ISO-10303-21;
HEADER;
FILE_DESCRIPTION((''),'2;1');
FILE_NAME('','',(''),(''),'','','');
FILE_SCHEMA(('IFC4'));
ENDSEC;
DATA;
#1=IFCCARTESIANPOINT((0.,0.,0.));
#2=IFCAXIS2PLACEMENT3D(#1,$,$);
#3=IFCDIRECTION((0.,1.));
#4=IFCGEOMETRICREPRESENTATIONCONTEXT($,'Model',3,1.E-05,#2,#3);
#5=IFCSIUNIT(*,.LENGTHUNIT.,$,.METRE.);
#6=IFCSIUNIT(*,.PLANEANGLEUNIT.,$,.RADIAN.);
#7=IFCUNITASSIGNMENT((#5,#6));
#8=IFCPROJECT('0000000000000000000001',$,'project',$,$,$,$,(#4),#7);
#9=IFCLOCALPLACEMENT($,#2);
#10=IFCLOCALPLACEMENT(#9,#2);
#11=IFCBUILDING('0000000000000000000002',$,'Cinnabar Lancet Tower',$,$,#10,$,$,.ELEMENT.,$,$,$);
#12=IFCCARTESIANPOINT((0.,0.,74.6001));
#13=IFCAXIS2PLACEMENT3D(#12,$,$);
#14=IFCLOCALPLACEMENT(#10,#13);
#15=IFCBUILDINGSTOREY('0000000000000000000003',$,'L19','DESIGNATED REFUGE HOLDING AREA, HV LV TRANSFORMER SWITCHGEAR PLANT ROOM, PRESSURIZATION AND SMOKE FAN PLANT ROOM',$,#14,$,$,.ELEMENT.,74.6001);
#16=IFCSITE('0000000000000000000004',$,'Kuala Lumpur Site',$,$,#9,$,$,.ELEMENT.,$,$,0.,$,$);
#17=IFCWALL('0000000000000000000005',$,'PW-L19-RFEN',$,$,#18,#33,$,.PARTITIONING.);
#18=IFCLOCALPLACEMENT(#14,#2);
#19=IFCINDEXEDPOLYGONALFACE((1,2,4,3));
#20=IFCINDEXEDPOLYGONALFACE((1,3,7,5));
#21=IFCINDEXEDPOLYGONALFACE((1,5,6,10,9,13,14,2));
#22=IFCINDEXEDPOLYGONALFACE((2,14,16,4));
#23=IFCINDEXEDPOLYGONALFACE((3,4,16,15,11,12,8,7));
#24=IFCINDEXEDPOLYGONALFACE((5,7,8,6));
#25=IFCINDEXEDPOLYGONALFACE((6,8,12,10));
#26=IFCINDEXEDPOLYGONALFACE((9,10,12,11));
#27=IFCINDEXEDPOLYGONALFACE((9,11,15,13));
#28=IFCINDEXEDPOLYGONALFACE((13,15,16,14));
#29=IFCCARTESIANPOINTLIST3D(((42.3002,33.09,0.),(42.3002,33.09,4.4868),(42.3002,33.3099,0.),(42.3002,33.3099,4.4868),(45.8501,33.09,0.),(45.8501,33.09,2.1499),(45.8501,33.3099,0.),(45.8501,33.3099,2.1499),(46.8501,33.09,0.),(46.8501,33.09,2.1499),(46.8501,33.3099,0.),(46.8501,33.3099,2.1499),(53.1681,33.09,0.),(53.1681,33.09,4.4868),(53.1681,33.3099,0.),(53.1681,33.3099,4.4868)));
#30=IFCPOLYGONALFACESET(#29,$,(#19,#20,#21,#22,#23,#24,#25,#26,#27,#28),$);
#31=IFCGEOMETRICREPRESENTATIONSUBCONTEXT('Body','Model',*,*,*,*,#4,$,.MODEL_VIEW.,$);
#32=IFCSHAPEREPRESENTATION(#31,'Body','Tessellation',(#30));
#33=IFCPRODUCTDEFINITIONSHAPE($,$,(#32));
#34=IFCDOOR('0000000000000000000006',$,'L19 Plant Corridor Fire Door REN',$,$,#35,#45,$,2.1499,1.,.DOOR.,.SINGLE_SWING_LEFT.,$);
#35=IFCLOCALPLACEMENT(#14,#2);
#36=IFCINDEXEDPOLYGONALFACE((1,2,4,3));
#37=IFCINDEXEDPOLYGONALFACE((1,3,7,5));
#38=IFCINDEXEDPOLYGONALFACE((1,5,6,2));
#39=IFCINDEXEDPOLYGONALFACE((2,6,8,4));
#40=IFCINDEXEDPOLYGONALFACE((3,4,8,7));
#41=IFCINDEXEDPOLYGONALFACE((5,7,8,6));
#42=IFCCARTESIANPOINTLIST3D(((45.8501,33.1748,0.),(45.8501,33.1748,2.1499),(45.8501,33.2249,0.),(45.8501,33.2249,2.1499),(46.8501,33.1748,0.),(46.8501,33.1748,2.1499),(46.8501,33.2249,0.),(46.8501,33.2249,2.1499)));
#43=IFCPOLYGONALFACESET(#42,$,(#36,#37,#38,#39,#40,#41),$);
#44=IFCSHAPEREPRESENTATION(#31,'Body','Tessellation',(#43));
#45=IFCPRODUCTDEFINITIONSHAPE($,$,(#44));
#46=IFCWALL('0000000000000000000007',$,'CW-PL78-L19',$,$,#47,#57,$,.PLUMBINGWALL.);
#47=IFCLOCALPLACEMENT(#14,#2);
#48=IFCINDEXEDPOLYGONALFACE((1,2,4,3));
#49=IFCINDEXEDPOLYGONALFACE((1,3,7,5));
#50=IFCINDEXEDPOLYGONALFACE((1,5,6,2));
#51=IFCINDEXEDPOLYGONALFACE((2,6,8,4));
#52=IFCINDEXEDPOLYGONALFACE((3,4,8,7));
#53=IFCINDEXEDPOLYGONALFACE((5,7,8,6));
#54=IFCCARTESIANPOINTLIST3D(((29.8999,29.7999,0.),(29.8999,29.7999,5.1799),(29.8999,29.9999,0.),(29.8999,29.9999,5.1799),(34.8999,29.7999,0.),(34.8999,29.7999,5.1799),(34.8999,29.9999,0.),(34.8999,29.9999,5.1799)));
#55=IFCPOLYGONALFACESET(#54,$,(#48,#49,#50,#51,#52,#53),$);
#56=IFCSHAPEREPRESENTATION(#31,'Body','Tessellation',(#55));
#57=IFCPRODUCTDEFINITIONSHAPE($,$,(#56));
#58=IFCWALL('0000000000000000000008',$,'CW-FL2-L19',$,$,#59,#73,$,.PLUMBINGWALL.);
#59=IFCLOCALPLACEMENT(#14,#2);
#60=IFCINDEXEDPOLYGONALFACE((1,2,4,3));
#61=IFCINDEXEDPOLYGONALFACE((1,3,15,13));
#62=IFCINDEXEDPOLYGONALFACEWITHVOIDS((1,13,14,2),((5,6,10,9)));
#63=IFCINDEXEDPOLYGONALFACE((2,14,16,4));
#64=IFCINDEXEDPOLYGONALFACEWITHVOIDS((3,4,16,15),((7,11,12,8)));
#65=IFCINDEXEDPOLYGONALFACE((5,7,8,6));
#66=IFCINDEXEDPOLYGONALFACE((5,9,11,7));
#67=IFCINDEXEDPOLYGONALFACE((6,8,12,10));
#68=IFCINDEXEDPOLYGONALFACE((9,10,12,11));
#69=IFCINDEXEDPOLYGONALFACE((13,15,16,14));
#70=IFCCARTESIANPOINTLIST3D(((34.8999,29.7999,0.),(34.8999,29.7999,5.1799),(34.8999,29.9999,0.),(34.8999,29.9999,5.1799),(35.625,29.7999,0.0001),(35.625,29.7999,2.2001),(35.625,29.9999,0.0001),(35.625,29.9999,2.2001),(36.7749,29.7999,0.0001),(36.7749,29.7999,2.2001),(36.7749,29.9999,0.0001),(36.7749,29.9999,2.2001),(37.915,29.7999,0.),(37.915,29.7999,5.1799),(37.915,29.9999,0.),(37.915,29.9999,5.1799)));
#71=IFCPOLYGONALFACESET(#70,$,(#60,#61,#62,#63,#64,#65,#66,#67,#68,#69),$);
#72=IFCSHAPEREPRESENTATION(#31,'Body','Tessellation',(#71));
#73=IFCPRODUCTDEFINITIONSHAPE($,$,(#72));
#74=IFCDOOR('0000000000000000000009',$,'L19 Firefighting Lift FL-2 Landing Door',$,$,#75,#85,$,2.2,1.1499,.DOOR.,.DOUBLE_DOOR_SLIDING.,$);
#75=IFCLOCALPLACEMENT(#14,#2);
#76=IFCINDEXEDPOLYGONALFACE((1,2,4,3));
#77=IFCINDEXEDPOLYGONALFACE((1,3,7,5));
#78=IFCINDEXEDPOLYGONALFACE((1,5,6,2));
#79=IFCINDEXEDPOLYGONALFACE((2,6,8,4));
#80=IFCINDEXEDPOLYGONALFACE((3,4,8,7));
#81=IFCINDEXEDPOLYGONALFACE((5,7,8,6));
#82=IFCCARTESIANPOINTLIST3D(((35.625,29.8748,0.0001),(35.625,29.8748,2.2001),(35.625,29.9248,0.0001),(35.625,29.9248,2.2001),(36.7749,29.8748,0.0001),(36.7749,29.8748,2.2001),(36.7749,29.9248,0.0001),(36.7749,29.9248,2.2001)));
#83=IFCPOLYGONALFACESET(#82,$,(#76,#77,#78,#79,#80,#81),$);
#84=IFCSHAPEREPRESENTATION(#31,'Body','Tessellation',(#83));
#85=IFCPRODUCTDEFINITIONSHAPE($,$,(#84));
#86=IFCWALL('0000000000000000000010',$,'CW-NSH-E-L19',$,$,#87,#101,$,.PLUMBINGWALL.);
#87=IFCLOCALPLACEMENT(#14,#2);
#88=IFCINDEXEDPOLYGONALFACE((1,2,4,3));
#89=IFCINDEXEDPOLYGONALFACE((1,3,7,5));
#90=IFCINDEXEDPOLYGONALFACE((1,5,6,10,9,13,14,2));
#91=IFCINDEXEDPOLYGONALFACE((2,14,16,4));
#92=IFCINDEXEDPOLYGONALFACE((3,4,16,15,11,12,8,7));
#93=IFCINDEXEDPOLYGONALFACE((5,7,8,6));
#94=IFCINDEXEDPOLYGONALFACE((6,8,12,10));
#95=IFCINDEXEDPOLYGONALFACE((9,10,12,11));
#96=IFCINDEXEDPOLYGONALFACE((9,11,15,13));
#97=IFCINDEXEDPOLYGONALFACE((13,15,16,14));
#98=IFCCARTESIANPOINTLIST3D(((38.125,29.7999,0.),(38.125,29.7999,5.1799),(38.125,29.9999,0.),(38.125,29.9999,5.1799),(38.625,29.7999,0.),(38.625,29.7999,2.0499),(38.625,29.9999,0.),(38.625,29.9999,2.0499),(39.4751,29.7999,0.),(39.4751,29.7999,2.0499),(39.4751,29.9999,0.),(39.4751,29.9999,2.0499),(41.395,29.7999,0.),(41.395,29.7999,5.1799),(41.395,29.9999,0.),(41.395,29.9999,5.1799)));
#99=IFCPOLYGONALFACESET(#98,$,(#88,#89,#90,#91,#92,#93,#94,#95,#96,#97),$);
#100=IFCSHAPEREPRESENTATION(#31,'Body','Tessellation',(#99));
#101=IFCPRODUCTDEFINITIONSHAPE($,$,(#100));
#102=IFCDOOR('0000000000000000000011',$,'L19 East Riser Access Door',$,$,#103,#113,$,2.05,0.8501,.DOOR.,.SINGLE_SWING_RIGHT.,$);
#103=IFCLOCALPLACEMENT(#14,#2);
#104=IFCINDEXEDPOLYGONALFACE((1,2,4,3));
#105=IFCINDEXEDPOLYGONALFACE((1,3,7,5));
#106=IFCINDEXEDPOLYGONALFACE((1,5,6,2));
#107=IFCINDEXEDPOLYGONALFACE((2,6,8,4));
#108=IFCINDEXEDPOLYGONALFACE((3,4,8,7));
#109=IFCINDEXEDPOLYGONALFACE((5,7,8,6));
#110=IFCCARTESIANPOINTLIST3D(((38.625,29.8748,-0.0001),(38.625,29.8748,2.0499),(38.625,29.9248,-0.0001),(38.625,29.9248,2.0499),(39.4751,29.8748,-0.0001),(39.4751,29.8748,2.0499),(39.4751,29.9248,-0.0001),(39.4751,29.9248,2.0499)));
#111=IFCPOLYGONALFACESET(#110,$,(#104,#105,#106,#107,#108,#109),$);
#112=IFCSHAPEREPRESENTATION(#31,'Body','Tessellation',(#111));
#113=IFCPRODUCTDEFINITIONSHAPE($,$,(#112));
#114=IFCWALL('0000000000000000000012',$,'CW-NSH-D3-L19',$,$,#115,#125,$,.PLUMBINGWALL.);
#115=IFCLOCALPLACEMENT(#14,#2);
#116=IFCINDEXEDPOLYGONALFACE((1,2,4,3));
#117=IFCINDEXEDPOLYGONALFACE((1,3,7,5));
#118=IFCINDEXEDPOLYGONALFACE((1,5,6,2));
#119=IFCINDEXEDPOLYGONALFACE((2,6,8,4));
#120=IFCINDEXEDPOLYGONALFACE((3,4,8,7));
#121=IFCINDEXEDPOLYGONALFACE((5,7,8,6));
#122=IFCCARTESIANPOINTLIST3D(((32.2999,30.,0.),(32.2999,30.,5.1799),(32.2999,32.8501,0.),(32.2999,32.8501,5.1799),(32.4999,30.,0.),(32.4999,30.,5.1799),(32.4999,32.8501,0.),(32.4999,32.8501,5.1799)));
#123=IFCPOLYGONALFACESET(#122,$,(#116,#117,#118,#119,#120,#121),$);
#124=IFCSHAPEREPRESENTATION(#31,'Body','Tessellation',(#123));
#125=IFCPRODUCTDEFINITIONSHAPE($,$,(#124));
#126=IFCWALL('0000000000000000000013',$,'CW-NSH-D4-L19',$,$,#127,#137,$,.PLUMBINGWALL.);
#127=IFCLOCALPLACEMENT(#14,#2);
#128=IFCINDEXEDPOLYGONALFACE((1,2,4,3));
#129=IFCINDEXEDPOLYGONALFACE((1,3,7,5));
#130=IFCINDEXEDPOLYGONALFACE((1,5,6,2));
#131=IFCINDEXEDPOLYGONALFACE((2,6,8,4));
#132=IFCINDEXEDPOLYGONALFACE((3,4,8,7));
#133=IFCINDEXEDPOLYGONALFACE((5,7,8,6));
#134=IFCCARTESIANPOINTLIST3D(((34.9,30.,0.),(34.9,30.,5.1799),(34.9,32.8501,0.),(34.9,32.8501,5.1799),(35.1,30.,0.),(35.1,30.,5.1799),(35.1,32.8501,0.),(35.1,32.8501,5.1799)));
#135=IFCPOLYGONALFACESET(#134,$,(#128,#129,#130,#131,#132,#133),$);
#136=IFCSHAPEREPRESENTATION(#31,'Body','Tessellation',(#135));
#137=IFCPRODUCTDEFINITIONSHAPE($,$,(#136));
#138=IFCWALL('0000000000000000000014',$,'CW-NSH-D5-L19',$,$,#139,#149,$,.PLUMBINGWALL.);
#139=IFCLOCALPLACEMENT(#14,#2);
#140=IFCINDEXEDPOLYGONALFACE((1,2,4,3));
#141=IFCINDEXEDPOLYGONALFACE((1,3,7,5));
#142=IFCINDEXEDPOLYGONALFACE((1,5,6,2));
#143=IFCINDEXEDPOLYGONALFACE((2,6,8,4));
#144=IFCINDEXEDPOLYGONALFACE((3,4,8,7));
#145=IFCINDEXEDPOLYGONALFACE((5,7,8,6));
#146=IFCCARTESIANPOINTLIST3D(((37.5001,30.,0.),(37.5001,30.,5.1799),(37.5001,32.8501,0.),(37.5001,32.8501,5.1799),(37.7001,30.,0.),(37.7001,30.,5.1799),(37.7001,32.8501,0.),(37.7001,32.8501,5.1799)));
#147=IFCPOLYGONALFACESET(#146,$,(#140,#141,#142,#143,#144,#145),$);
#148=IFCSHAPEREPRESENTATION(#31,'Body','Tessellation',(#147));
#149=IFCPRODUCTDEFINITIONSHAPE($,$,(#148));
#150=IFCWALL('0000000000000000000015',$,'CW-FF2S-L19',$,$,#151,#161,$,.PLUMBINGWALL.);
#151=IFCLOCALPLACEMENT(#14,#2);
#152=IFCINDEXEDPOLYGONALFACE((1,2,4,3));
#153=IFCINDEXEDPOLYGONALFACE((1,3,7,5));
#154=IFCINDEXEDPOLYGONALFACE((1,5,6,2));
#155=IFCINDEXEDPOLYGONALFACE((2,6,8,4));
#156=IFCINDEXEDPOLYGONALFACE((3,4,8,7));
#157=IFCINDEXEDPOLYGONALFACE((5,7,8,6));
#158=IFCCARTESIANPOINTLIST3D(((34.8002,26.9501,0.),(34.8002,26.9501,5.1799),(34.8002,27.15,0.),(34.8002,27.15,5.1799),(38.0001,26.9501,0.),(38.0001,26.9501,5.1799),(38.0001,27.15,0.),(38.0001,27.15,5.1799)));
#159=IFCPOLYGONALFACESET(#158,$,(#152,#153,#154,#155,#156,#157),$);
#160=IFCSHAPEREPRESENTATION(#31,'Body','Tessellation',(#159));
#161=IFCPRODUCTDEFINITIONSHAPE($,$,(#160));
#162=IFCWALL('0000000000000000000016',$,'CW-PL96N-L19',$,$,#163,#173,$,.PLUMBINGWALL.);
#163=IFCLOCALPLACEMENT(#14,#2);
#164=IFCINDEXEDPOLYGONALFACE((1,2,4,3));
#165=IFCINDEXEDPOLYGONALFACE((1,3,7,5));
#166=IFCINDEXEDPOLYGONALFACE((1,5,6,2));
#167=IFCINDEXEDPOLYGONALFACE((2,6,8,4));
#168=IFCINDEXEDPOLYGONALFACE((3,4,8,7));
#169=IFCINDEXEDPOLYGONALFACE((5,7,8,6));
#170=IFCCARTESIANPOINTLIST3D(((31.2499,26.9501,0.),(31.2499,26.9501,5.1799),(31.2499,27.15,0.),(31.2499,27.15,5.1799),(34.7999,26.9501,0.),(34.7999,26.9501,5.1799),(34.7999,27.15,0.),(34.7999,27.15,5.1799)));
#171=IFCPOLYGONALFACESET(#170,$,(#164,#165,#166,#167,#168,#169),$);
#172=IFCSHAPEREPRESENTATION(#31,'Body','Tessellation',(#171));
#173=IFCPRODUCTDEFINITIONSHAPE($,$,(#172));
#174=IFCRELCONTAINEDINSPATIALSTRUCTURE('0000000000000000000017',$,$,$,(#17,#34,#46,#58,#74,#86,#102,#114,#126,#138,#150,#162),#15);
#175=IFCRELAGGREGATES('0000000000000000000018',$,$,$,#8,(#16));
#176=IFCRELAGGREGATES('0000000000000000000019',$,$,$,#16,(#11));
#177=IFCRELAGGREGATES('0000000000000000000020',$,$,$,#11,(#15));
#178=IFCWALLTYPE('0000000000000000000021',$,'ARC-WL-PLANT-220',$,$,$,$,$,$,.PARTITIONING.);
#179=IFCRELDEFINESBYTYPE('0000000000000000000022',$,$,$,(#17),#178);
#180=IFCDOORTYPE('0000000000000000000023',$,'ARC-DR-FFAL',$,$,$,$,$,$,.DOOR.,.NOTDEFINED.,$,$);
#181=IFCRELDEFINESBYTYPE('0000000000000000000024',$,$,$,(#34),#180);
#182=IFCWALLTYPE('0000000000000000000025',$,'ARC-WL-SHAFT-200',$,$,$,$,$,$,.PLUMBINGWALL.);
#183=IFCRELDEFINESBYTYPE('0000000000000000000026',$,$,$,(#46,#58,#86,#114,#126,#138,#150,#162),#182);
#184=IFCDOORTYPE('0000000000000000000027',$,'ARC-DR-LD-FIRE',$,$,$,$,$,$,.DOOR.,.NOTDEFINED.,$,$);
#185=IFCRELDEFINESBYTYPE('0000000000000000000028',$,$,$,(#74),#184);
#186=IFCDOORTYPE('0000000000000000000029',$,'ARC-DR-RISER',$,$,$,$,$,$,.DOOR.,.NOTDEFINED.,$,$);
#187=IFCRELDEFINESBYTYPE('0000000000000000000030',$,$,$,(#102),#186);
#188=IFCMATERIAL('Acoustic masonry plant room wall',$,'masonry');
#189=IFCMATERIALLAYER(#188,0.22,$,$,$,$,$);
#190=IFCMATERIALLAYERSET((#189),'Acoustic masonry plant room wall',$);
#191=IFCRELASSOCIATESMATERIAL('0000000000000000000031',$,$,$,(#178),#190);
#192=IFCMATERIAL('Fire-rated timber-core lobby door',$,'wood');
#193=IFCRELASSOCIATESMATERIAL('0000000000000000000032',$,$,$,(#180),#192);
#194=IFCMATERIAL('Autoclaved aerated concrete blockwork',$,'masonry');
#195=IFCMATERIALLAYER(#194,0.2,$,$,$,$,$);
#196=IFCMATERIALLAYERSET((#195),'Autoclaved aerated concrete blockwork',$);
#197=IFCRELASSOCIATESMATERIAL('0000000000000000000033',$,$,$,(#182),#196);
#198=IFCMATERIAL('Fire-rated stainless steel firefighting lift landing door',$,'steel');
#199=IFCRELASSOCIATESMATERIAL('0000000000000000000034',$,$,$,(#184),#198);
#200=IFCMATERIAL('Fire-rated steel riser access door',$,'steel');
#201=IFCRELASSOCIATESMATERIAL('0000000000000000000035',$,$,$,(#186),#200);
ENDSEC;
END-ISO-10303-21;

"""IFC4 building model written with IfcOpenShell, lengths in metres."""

from ifc_helpers import new_model, si_unit, direction, frame, frame_2d, origin, place, context, subcontext, project, spatial, rectangle, extrude, material, layer, layer_set, type_object, element, fill, save


model = new_model("IFC4")

# Units and contexts
model_context = context("Model", 3, precision=1e-05, world=origin(), true_north=direction((0.0, 1.0)))
body_context = subcontext(model_context, "Body", "Model", "MODEL_VIEW")
ifc_project = project(units=[si_unit("LENGTHUNIT", "METRE"), si_unit("PLANEANGLEUNIT", "RADIAN")], contexts=[model_context])

# Site, building, storey
site_placement = place(None, origin())
site = spatial("IfcSite", under=ifc_project, at=site_placement, Name="Kuala Lumpur Site", CompositionType="ELEMENT", RefElevation=0.0)
building_placement = place(site_placement, origin())
building = spatial("IfcBuilding", under=site, at=building_placement, Name="Cinnabar Lancet Tower", CompositionType="ELEMENT")
storey_placement = place(building_placement, frame((0.0, 0.0, 74.6001)))
storey = spatial("IfcBuildingStorey", under=building, at=storey_placement, Name="L19", Description="DESIGNATED REFUGE HOLDING AREA, HV LV TRANSFORMER SWITCHGEAR PLANT ROOM, PRESSURIZATION AND SMOKE FAN PLANT ROOM", CompositionType="ELEMENT", Elevation=74.6001)

# Wall, opening, door
ifc_material_1 = material(Name="Acoustic masonry plant room wall", Category="masonry")
ifc_layer_1 = layer(ifc_material_1, 0.22)
ifc_layer_set_1 = layer_set([ifc_layer_1], Name="Acoustic masonry plant room wall")
wall_type_1 = type_object("IfcWallType", Name="ARC-WL-PLANT-220", PredefinedType="PARTITIONING", material=ifc_layer_set_1)
wall_1_placement = place(storey_placement, frame((42.3, 33.2, 0.0), z_axis=(0.0, 0.0, 1.0), x_axis=(1.0, 0.0, 0.0)))
wall_1 = element("IfcWall", 1, at=wall_1_placement, inside=storey, type_object=wall_type_1, Name="PW-L19-RFEN", PredefinedType="PARTITIONING", context=body_context, shape_type="SweptSolid", body=[
    extrude(rectangle(XDim=10.8679, YDim=0.22, at=frame_2d((5.4341, 0.0))), origin(), (0.0, 0.0, 1.0), 4.4868),
])
opening_1_placement = place(wall_1_placement, frame((3.55, 0.0, 0.0)))
opening_1 = element("IfcOpeningElement", 2, at=opening_1_placement, cuts=wall_1, PredefinedType="OPENING", context=body_context, shape_type="SweptSolid", body=[
    extrude(rectangle(XDim=1.0, YDim=2.1499, at=frame_2d((0.5, 1.075))), frame((0.0, 0.1199, 0.0), z_axis=(0.0, -1.0, 0.0), x_axis=(1.0, 0.0, 0.0)), (0.0, 0.0, 1.0), 0.24),
])
ifc_material_2 = material(Name="Fire-rated timber-core lobby door", Category="wood")
door_type_1 = type_object("IfcDoorType", Name="ARC-DR-FFAL", OperationType="NOTDEFINED", PredefinedType="DOOR", material=ifc_material_2)
door_1_placement = place(opening_1_placement, origin())
door_1 = element("IfcDoor", 3, at=door_1_placement, inside=storey, type_object=door_type_1, Name="L19 Plant Corridor Fire Door REN", OperationType="SINGLE_SWING_LEFT", OverallHeight=2.1499, OverallWidth=1.0, PredefinedType="DOOR", context=body_context, shape_type="SweptSolid", body=[
    extrude(rectangle(XDim=1.0, YDim=2.1499, at=frame_2d((0.5, 1.075))), frame((0.0, 0.0249, 0.0), z_axis=(0.0, -1.0, 0.0), x_axis=(1.0, 0.0, 0.0)), (0.0, 0.0, 1.0), 0.05),
])
fill(opening_1, door_1)

# Wall
ifc_material_3 = material(Name="Autoclaved aerated concrete blockwork", Category="masonry")
ifc_layer_2 = layer(ifc_material_3, 0.2)
ifc_layer_set_2 = layer_set([ifc_layer_2], Name="Autoclaved aerated concrete blockwork")
wall_type_2 = type_object("IfcWallType", Name="ARC-WL-SHAFT-200", PredefinedType="PLUMBINGWALL", material=ifc_layer_set_2)
wall_2_placement = place(storey_placement, frame((29.8999, 29.8999, 0.0), z_axis=(0.0, 0.0, 1.0), x_axis=(1.0, 0.0, 0.0)))
element("IfcWall", 4, at=wall_2_placement, inside=storey, type_object=wall_type_2, Name="CW-PL78-L19", PredefinedType="PLUMBINGWALL", context=body_context, shape_type="SweptSolid", body=[
    extrude(rectangle(XDim=5.0, YDim=0.2, at=frame_2d((2.5, 0.0))), origin(), (0.0, 0.0, 1.0), 5.1799),
])

# Walls, openings, doors
wall_3_placement = place(storey_placement, frame((34.8999, 29.8999, 0.0), z_axis=(0.0, 0.0, 1.0), x_axis=(1.0, 0.0, 0.0)))
wall_3 = element("IfcWall", 5, at=wall_3_placement, inside=storey, type_object=wall_type_2, Name="CW-FL2-L19", PredefinedType="PLUMBINGWALL", context=body_context, shape_type="SweptSolid", body=[
    extrude(rectangle(XDim=3.0151, YDim=0.2, at=frame_2d((1.5076, 0.0))), origin(), (0.0, 0.0, 1.0), 5.1799),
])
opening_2_placement = place(wall_3_placement, frame((0.7251, 0.0, 0.0)))
opening_2 = element("IfcOpeningElement", 6, at=opening_2_placement, cuts=wall_3, PredefinedType="OPENING", context=body_context, shape_type="SweptSolid", body=[
    extrude(rectangle(XDim=1.1499, YDim=2.2, at=frame_2d((0.575, 1.1001))), frame((0.0, 0.1099, 0.0), z_axis=(0.0, -1.0, 0.0), x_axis=(1.0, 0.0, 0.0)), (0.0, 0.0, 1.0), 0.22),
])
ifc_material_4 = material(Name="Fire-rated stainless steel firefighting lift landing door", Category="steel")
door_type_2 = type_object("IfcDoorType", Name="ARC-DR-LD-FIRE", OperationType="NOTDEFINED", PredefinedType="DOOR", material=ifc_material_4)
door_2_placement = place(opening_2_placement, origin())
door_2 = element("IfcDoor", 7, at=door_2_placement, inside=storey, type_object=door_type_2, Name="L19 Firefighting Lift FL-2 Landing Door", OperationType="DOUBLE_DOOR_SLIDING", OverallHeight=2.2, OverallWidth=1.1499, PredefinedType="DOOR", context=body_context, shape_type="SweptSolid", body=[
    extrude(rectangle(XDim=1.1499, YDim=2.2, at=frame_2d((0.575, 1.1001))), frame((0.0, 0.0249, 0.0), z_axis=(0.0, -1.0, 0.0), x_axis=(1.0, 0.0, 0.0)), (0.0, 0.0, 1.0), 0.05),
])
fill(opening_2, door_2)
wall_4_placement = place(storey_placement, frame((38.125, 29.8999, 0.0), z_axis=(0.0, 0.0, 1.0), x_axis=(1.0, 0.0, 0.0)))
wall_4 = element("IfcWall", 8, at=wall_4_placement, inside=storey, type_object=wall_type_2, Name="CW-NSH-E-L19", PredefinedType="PLUMBINGWALL", context=body_context, shape_type="SweptSolid", body=[
    extrude(rectangle(XDim=3.27, YDim=0.2, at=frame_2d((1.635, 0.0))), origin(), (0.0, 0.0, 1.0), 5.1799),
])
opening_3_placement = place(wall_4_placement, frame((0.5, 0.0, 0.0)))
opening_3 = element("IfcOpeningElement", 9, at=opening_3_placement, cuts=wall_4, PredefinedType="OPENING", context=body_context, shape_type="SweptSolid", body=[
    extrude(rectangle(XDim=0.8501, YDim=2.05, at=frame_2d((0.425, 1.0249))), frame((0.0, 0.1099, 0.0), z_axis=(0.0, -1.0, 0.0), x_axis=(1.0, 0.0, 0.0)), (0.0, 0.0, 1.0), 0.22),
])
ifc_material_5 = material(Name="Fire-rated steel riser access door", Category="steel")
door_type_3 = type_object("IfcDoorType", Name="ARC-DR-RISER", OperationType="NOTDEFINED", PredefinedType="DOOR", material=ifc_material_5)
door_3_placement = place(opening_3_placement, origin())
door_3 = element("IfcDoor", 10, at=door_3_placement, inside=storey, type_object=door_type_3, Name="L19 East Riser Access Door", OperationType="SINGLE_SWING_RIGHT", OverallHeight=2.05, OverallWidth=0.8501, PredefinedType="DOOR", context=body_context, shape_type="SweptSolid", body=[
    extrude(rectangle(XDim=0.8501, YDim=2.05, at=frame_2d((0.425, 1.0249))), frame((0.0, 0.0249, 0.0), z_axis=(0.0, -1.0, 0.0), x_axis=(1.0, 0.0, 0.0)), (0.0, 0.0, 1.0), 0.05),
])
fill(opening_3, door_3)

# Walls
for number, where, z_axis, x_axis, name in (
    (11, (32.3999, 30.0, 0.0), (0.0, 0.0, 1.0), (0.0, 1.0, 0.0), "CW-NSH-D3-L19"),
    (12, (35.0, 30.0, 0.0), (0.0, 0.0, 1.0), (0.0, 1.0, 0.0), "CW-NSH-D4-L19"),
    (13, (37.6001, 30.0, 0.0), (0.0, 0.0, 1.0), (0.0, 1.0, 0.0), "CW-NSH-D5-L19"),
):
    element("IfcWall", number, at=place(storey_placement, frame(where, z_axis=z_axis, x_axis=x_axis)), inside=storey, type_object=wall_type_2, Name=name, PredefinedType="PLUMBINGWALL", context=body_context, shape_type="SweptSolid", body=[
        extrude(rectangle(XDim=2.8501, YDim=0.2, at=frame_2d((1.425, 0.0))), origin(), (0.0, 0.0, 1.0), 5.1799),
    ])

# Walls
wall_5_placement = place(storey_placement, frame((34.8, 27.05, 0.0), z_axis=(0.0, 0.0, 1.0), x_axis=(1.0, 0.0, 0.0)))
element("IfcWall", 14, at=wall_5_placement, inside=storey, type_object=wall_type_2, Name="CW-FF2S-L19", PredefinedType="PLUMBINGWALL", context=body_context, shape_type="SweptSolid", body=[
    extrude(rectangle(XDim=3.2, YDim=0.2, at=frame_2d((1.6001, 0.0))), origin(), (0.0, 0.0, 1.0), 5.1799),
])
wall_6_placement = place(storey_placement, frame((31.25, 27.05, 0.0), z_axis=(0.0, 0.0, 1.0), x_axis=(1.0, 0.0, 0.0)))
element("IfcWall", 15, at=wall_6_placement, inside=storey, type_object=wall_type_2, Name="CW-PL96N-L19", PredefinedType="PLUMBINGWALL", context=body_context, shape_type="SweptSolid", body=[
    extrude(rectangle(XDim=3.55, YDim=0.2, at=frame_2d((1.7749, 0.0))), origin(), (0.0, 0.0, 1.0), 5.1799),
])

save(model, "model.ifc")
